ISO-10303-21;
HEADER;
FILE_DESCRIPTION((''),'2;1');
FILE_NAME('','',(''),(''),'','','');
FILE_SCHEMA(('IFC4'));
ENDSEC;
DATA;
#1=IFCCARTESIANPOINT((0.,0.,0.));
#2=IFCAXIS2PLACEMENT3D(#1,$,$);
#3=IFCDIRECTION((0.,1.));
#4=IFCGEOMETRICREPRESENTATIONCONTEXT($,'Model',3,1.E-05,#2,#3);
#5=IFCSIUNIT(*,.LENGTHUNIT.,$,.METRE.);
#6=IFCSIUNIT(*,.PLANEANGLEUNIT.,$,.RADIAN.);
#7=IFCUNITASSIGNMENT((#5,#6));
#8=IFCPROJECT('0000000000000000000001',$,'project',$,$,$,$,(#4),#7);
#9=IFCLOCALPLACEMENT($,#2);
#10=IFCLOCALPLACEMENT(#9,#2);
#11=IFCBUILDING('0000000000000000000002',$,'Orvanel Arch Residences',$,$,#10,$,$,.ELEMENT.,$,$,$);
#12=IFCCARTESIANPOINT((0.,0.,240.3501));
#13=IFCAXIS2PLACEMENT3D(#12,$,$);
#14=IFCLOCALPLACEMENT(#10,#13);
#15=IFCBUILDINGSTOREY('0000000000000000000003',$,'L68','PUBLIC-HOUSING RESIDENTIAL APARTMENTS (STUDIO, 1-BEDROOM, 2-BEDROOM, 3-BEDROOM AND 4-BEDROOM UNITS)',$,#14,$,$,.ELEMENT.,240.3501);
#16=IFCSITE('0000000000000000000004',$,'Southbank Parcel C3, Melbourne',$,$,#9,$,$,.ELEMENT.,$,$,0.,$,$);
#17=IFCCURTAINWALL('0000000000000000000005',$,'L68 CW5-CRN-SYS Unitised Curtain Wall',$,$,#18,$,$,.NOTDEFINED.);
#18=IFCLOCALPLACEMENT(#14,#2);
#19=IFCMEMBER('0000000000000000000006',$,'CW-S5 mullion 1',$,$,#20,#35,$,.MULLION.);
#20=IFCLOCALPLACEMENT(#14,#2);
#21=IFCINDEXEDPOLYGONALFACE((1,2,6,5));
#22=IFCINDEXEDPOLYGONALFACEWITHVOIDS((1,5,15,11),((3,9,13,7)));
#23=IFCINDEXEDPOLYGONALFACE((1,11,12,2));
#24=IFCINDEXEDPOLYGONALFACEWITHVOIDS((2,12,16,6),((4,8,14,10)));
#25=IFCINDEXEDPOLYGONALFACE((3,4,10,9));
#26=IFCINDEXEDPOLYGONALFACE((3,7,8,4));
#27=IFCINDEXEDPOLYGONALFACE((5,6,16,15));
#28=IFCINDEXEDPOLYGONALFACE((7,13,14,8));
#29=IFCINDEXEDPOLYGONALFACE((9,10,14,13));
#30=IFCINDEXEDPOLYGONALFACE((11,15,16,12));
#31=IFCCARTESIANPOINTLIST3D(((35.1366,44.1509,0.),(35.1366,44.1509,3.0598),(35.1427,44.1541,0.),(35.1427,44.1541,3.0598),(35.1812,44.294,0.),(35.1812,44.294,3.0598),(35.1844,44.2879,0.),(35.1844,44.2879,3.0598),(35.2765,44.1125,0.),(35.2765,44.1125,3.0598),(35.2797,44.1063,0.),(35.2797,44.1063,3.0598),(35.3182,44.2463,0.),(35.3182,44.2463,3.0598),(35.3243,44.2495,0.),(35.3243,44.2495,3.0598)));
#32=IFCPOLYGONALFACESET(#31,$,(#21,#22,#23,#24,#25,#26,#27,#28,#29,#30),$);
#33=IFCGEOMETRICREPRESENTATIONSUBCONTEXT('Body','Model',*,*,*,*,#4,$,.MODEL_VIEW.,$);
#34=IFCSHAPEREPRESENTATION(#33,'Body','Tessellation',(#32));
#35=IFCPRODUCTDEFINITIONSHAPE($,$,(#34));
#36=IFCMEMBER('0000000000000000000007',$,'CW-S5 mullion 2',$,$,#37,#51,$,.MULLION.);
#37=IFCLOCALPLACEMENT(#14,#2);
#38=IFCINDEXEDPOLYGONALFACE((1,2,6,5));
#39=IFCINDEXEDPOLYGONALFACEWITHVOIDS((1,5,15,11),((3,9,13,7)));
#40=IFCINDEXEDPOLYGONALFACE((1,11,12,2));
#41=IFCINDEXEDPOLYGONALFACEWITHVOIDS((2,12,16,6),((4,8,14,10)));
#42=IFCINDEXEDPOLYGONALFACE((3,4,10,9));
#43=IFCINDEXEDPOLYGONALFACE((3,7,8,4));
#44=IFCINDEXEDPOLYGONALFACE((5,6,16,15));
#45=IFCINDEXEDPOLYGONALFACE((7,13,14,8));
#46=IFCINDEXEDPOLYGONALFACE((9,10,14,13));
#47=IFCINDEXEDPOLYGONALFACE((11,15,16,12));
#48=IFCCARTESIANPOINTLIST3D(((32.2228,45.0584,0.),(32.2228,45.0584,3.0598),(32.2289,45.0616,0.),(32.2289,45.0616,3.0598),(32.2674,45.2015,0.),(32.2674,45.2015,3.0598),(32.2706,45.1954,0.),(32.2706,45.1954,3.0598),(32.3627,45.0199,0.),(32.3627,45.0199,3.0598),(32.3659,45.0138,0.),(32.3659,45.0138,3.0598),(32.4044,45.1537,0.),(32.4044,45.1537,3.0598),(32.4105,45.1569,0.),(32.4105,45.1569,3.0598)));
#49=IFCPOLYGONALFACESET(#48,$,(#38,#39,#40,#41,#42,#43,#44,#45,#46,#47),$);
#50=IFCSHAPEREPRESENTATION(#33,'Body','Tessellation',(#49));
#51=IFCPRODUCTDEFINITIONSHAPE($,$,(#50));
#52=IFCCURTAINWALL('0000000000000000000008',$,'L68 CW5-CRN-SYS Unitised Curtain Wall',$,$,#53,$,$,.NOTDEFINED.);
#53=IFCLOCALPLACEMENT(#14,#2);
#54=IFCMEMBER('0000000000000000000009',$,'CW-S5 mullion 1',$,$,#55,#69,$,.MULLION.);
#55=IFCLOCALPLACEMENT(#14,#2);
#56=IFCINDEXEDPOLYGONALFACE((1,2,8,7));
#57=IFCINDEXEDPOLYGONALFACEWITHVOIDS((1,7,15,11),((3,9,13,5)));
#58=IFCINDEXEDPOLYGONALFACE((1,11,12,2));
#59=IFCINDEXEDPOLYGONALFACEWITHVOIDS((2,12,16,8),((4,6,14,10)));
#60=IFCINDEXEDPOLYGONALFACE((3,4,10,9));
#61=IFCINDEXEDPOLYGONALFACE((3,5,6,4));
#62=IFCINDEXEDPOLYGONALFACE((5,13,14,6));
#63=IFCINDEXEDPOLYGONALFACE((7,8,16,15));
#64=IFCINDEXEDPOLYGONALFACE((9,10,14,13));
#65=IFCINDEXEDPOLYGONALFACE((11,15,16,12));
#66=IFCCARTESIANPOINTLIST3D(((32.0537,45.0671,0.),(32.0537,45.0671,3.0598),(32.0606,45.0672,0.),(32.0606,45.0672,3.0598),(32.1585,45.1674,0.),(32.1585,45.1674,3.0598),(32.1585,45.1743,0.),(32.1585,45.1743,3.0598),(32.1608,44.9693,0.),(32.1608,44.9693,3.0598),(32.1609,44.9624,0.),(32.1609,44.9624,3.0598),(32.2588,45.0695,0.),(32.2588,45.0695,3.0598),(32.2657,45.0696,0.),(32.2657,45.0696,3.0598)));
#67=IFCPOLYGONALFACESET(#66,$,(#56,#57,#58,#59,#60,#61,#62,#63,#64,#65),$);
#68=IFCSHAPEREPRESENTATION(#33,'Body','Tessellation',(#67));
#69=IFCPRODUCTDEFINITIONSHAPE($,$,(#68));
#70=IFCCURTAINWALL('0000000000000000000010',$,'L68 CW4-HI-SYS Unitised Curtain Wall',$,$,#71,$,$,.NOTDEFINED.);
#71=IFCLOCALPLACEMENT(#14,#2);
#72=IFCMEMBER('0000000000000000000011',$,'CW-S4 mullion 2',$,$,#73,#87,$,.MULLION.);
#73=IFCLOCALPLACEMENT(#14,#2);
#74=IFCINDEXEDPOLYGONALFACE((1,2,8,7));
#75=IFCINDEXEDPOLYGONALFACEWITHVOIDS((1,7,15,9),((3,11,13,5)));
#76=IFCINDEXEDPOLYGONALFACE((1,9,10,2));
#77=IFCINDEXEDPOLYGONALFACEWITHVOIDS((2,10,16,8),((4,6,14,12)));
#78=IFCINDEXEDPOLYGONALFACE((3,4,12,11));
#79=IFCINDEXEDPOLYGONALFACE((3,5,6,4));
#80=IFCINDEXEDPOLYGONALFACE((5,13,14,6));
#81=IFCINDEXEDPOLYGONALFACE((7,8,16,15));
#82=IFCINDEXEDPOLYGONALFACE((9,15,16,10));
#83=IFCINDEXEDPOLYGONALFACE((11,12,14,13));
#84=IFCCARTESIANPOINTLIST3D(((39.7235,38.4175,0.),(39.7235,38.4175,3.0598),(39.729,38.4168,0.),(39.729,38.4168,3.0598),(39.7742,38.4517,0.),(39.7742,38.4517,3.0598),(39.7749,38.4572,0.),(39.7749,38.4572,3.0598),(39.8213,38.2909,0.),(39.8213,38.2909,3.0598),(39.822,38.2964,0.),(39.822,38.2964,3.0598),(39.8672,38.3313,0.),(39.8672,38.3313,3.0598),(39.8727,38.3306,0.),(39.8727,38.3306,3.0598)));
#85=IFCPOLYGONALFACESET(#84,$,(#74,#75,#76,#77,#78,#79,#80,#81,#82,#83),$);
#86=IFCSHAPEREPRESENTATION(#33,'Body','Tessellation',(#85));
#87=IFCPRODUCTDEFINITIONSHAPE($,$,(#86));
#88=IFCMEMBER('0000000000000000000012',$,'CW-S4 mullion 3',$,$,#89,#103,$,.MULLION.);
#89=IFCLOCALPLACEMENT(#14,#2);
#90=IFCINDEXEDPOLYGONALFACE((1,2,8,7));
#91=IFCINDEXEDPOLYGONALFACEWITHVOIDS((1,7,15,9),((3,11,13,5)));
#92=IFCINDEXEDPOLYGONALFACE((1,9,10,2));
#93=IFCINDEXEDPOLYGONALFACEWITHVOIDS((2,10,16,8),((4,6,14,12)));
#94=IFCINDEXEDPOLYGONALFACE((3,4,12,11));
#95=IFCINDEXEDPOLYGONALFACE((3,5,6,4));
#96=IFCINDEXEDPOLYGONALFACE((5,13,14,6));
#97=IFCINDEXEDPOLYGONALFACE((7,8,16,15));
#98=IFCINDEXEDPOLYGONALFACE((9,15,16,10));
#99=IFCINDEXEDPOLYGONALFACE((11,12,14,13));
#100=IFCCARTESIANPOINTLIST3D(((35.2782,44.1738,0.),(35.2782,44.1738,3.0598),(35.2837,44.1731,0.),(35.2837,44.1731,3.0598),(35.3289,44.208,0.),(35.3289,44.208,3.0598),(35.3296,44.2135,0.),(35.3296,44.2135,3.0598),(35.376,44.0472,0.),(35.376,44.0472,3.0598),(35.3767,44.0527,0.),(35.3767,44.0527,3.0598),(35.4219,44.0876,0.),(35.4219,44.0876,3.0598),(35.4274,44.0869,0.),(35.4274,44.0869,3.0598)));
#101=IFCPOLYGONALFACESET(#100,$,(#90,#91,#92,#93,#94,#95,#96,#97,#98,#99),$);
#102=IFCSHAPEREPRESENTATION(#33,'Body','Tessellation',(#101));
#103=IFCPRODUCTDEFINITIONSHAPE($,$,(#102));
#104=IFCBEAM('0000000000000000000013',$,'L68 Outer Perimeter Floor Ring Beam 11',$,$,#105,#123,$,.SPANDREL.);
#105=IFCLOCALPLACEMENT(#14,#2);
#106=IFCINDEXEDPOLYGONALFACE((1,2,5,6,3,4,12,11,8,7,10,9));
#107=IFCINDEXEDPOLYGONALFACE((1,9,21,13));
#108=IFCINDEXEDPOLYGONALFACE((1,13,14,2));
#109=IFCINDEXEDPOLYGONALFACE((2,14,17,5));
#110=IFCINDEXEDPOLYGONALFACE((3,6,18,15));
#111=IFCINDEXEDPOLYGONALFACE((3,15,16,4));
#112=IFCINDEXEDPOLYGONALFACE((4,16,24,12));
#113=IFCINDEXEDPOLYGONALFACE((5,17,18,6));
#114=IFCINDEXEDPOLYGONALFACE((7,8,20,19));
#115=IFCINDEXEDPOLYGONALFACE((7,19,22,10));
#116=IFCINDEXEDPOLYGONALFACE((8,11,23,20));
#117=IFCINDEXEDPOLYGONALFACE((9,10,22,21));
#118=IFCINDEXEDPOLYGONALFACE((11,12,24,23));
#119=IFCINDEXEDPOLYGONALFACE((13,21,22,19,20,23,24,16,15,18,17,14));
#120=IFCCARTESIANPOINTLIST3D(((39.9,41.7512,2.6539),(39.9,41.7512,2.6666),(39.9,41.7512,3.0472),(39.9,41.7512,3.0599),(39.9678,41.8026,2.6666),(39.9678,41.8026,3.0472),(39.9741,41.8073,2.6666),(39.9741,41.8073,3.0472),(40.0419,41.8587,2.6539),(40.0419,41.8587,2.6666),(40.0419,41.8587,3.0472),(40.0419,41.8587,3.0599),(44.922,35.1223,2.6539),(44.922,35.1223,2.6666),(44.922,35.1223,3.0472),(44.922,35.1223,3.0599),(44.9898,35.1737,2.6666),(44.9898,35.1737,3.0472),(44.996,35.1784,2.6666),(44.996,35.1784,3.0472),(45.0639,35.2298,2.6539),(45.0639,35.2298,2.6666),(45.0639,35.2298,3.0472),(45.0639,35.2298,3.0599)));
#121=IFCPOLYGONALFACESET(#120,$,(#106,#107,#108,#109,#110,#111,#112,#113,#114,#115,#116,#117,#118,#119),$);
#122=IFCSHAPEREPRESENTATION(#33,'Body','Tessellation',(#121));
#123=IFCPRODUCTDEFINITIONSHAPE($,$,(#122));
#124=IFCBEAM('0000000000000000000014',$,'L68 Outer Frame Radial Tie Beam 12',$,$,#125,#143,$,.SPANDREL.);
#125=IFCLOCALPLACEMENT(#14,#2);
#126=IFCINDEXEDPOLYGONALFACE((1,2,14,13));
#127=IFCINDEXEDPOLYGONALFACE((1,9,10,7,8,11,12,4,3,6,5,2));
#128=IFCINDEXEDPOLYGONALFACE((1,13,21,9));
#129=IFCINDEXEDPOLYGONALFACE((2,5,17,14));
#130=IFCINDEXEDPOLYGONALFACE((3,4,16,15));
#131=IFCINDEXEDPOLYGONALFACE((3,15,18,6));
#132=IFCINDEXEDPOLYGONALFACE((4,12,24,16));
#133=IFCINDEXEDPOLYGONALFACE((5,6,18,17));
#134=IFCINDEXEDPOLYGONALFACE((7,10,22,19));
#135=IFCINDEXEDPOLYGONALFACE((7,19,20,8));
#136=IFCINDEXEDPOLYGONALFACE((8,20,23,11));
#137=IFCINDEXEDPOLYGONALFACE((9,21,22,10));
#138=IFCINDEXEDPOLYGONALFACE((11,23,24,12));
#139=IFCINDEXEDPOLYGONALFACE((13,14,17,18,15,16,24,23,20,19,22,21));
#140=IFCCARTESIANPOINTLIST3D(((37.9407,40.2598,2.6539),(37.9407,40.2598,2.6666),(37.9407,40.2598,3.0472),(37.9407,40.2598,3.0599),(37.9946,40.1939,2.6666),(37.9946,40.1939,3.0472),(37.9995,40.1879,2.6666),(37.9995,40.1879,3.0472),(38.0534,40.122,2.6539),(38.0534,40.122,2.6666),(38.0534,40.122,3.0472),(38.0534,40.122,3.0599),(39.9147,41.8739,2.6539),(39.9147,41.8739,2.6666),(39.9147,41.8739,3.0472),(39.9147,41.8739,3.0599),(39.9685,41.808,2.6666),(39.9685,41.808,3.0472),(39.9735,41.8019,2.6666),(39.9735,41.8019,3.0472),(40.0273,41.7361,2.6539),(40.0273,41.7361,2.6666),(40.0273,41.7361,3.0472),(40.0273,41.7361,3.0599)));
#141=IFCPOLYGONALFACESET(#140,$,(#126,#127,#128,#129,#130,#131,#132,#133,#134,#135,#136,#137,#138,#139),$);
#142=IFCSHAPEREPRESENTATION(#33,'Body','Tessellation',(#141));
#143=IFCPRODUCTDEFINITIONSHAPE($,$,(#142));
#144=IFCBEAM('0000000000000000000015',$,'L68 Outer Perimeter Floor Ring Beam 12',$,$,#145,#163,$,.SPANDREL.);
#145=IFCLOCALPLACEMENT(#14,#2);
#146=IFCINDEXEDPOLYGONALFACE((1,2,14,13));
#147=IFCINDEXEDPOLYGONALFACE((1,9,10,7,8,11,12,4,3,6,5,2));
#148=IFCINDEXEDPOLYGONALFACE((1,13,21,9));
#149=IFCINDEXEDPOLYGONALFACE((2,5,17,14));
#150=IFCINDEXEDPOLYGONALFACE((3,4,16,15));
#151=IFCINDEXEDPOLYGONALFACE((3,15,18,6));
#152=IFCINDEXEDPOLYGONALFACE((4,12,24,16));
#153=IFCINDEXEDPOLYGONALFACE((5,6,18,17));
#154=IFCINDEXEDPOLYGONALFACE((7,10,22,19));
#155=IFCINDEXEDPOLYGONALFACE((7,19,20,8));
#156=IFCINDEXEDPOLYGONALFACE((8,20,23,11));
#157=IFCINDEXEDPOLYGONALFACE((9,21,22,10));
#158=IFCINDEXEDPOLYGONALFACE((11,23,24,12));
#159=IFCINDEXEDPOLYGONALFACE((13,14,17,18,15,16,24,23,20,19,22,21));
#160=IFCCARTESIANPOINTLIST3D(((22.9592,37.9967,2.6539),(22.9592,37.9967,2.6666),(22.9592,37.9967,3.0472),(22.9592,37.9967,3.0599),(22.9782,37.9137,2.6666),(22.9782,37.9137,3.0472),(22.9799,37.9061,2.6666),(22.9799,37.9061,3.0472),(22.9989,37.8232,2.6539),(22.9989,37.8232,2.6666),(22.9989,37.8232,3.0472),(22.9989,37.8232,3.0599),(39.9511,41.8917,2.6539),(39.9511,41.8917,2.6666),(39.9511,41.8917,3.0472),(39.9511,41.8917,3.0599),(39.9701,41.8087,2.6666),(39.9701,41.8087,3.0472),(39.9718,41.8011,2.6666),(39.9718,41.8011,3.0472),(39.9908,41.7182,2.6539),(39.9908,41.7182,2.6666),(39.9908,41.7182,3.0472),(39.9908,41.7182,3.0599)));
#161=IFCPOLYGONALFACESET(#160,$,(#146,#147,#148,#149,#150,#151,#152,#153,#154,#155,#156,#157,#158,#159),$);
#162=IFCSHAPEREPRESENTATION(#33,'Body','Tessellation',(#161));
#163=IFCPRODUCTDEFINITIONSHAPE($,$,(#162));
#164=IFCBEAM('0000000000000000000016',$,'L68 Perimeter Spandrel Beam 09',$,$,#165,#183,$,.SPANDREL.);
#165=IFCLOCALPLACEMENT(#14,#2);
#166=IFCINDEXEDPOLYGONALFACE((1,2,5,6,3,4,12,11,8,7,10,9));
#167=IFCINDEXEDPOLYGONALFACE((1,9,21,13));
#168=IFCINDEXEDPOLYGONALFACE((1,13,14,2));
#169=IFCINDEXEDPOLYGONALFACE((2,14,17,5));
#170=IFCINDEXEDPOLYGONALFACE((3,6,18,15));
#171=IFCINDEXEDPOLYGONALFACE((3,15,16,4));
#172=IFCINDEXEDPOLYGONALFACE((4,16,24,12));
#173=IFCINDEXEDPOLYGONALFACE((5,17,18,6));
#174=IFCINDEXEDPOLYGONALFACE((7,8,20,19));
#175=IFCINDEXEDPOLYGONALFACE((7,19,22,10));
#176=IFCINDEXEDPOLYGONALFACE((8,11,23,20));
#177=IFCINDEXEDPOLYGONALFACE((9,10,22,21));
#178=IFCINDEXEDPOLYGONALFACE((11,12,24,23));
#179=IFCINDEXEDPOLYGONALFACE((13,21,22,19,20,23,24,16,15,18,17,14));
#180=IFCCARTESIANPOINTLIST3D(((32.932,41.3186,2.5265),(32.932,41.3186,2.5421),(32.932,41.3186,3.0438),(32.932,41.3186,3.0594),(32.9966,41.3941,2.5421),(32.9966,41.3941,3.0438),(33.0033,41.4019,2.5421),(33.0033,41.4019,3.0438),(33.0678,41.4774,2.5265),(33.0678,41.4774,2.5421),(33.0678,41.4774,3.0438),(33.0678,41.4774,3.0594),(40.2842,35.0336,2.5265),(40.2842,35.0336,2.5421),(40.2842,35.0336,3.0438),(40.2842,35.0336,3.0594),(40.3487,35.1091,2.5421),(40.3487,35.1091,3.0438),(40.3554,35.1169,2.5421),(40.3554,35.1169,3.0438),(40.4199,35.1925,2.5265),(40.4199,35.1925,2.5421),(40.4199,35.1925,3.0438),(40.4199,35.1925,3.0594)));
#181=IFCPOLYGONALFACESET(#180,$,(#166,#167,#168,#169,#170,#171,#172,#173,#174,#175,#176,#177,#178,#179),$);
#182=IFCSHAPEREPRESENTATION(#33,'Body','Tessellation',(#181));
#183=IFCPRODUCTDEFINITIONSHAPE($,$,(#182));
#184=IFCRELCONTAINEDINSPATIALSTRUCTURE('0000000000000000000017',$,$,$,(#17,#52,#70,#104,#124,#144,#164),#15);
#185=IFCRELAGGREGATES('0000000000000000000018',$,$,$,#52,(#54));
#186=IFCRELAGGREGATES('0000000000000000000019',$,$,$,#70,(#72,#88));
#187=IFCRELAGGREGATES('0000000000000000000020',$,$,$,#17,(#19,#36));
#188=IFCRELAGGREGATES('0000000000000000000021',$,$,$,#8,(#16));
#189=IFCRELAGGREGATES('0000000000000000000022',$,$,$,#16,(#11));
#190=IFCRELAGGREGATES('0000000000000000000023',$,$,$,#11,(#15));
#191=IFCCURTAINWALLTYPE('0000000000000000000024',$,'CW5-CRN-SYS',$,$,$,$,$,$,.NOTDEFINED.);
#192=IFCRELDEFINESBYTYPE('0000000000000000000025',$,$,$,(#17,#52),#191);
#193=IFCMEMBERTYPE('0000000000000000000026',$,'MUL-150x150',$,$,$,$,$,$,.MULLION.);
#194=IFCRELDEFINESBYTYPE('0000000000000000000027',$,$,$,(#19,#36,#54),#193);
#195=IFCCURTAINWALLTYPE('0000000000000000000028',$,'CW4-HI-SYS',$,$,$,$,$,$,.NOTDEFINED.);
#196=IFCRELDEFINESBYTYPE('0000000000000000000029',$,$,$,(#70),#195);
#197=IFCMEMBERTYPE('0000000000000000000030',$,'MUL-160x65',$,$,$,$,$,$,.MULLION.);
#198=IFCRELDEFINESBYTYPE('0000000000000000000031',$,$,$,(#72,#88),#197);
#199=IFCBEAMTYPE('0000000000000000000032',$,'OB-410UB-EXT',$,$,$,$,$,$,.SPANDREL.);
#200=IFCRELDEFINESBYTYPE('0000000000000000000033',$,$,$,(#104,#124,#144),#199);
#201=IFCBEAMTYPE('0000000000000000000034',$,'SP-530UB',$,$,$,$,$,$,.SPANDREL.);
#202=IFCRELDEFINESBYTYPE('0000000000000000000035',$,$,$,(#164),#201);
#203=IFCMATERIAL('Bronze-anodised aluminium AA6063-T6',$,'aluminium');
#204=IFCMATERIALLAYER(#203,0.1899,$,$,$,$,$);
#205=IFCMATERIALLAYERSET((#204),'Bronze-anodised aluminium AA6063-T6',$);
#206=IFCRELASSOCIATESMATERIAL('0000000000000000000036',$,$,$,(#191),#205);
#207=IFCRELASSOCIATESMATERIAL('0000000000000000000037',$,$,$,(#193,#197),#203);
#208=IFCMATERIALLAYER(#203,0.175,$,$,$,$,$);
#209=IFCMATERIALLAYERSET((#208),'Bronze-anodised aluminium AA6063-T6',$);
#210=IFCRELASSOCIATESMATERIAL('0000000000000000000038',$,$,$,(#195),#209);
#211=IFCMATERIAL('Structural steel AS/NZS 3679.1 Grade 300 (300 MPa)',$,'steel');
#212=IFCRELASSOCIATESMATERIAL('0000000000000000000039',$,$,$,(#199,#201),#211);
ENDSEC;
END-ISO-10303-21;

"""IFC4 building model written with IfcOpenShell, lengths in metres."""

from ifc_helpers import new_model, si_unit, direction, frame, origin, origin_2d, place, context, subcontext, project, spatial, hollow_rectangle, i_section, extrude, material, layer, layer_set, material_profile, profile_set, type_object, element, aggregate, save


model = new_model("IFC4")

# Units and contexts
model_context = context("Model", 3, precision=1e-05, world=origin(), true_north=direction((0.0, 1.0)))
body_context = subcontext(model_context, "Body", "Model", "MODEL_VIEW")
ifc_project = project(units=[si_unit("LENGTHUNIT", "METRE"), si_unit("PLANEANGLEUNIT", "RADIAN")], contexts=[model_context])

# Site, building, storey
site_placement = place(None, origin())
site = spatial("IfcSite", under=ifc_project, at=site_placement, Name="Southbank Parcel C3, Melbourne", CompositionType="ELEMENT", RefElevation=0.0)
building_placement = place(site_placement, origin())
building = spatial("IfcBuilding", under=site, at=building_placement, Name="Orvanel Arch Residences", CompositionType="ELEMENT")
storey_placement = place(building_placement, frame((0.0, 0.0, 240.3501)))
storey = spatial("IfcBuildingStorey", under=building, at=storey_placement, Name="L68", Description="PUBLIC-HOUSING RESIDENTIAL APARTMENTS (STUDIO, 1-BEDROOM, 2-BEDROOM, 3-BEDROOM AND 4-BEDROOM UNITS)", CompositionType="ELEMENT", Elevation=240.3501)

# Shared definitions
ifc_material_1 = material(Name="Structural steel AS/NZS 3679.1 Grade 300 (300 MPa)", Category="steel")

# Curtain wall, members
ifc_material_2 = material(Name="Bronze-anodised aluminium AA6063-T6", Category="aluminium")
ifc_layer_1 = layer(ifc_material_2, 0.1899)
ifc_layer_set_1 = layer_set([ifc_layer_1], Name="Bronze-anodised aluminium AA6063-T6")
curtain_wall_type_1 = type_object("IfcCurtainWallType", Name="CW5-CRN-SYS", PredefinedType="NOTDEFINED", material=ifc_layer_set_1)
curtain_wall_1_placement = place(storey_placement, origin())
curtain_wall_1 = element("IfcCurtainWall", 1, at=curtain_wall_1_placement, inside=storey, type_object=curtain_wall_type_1, Name="L68 CW5-CRN-SYS Unitised Curtain Wall", PredefinedType="NOTDEFINED")
ifc_material_profile_1 = material_profile(ifc_material_2, hollow_rectangle(XDim=0.1499, YDim=0.1499, WallThickness=0.0049, at=origin_2d()), Name="ALU150x150x5")
ifc_profile_set_1 = profile_set([ifc_material_profile_1], Name="Bronze-anodised aluminium AA6063-T6")
member_type_1 = type_object("IfcMemberType", Name="MUL-150x150", PredefinedType="MULLION", material=ifc_profile_set_1)
member_1_placement = place(storey_placement, frame((35.2305, 44.2002, 0.0), z_axis=(0.0, 0.0, 1.0), x_axis=(-0.297332, -0.954774, 0.0)))
member_1 = element("IfcMember", 2, at=member_1_placement, type_object=member_type_1, Name="CW-S5 mullion 1", PredefinedType="MULLION", context=body_context, shape_type="SweptSolid", body=[
    extrude(hollow_rectangle(XDim=0.1499, YDim=0.1499, WallThickness=0.0049, at=origin_2d()), origin(), (0.0, 0.0, 1.0), 3.0598),
])
member_2_placement = place(storey_placement, frame((32.3167, 45.1077, 0.0), z_axis=(0.0, 0.0, 1.0), x_axis=(-0.297332, -0.954774, 0.0)))
member_2 = element("IfcMember", 3, at=member_2_placement, type_object=member_type_1, Name="CW-S5 mullion 2", PredefinedType="MULLION", context=body_context, shape_type="SweptSolid", body=[
    extrude(hollow_rectangle(XDim=0.1499, YDim=0.1499, WallThickness=0.0049, at=origin_2d()), origin(), (0.0, 0.0, 1.0), 3.0598),
])

# Curtain wall, member
curtain_wall_2_placement = place(storey_placement, origin())
curtain_wall_2 = element("IfcCurtainWall", 4, at=curtain_wall_2_placement, inside=storey, type_object=curtain_wall_type_1, Name="L68 CW5-CRN-SYS Unitised Curtain Wall", PredefinedType="NOTDEFINED")
member_3_placement = place(storey_placement, frame((32.1597, 45.0684, 0.0), z_axis=(0.0, 0.0, 1.0), x_axis=(0.715149, -0.698972, 0.0)))
member_3 = element("IfcMember", 5, at=member_3_placement, type_object=member_type_1, Name="CW-S5 mullion 1", PredefinedType="MULLION", context=body_context, shape_type="SweptSolid", body=[
    extrude(hollow_rectangle(XDim=0.1499, YDim=0.1499, WallThickness=0.0049, at=origin_2d()), origin(), (0.0, 0.0, 1.0), 3.0598),
])
aggregate(curtain_wall_2, [member_3])

# Curtain wall, members
ifc_layer_2 = layer(ifc_material_2, 0.175)
ifc_layer_set_2 = layer_set([ifc_layer_2], Name="Bronze-anodised aluminium AA6063-T6")
curtain_wall_type_2 = type_object("IfcCurtainWallType", Name="CW4-HI-SYS", PredefinedType="NOTDEFINED", material=ifc_layer_set_2)
curtain_wall_3_placement = place(storey_placement, origin())
curtain_wall_3 = element("IfcCurtainWall", 6, at=curtain_wall_3_placement, inside=storey, type_object=curtain_wall_type_2, Name="L68 CW4-HI-SYS Unitised Curtain Wall", PredefinedType="NOTDEFINED")
ifc_material_profile_2 = material_profile(ifc_material_2, hollow_rectangle(XDim=0.0649, YDim=0.1599, WallThickness=0.0039, at=origin_2d()), Name="ALU160x65x4")
ifc_profile_set_2 = profile_set([ifc_material_profile_2], Name="Bronze-anodised aluminium AA6063-T6")
member_type_2 = type_object("IfcMemberType", Name="MUL-160x65", PredefinedType="MULLION", material=ifc_profile_set_2)
member_4_placement = place(storey_placement, frame((39.7981, 38.374, 0.0), z_axis=(0.0, 0.0, 1.0), x_axis=(-0.791478, -0.611198, 0.0)))
member_4 = element("IfcMember", 7, at=member_4_placement, type_object=member_type_2, Name="CW-S4 mullion 2", PredefinedType="MULLION", context=body_context, shape_type="SweptSolid", body=[
    extrude(hollow_rectangle(XDim=0.0649, YDim=0.1599, WallThickness=0.0039, at=origin_2d()), origin(), (0.0, 0.0, 1.0), 3.0598),
])
member_5_placement = place(storey_placement, frame((35.3528, 44.1304, 0.0), z_axis=(0.0, 0.0, 1.0), x_axis=(-0.791478, -0.611198, 0.0)))
member_5 = element("IfcMember", 8, at=member_5_placement, type_object=member_type_2, Name="CW-S4 mullion 3", PredefinedType="MULLION", context=body_context, shape_type="SweptSolid", body=[
    extrude(hollow_rectangle(XDim=0.0649, YDim=0.1599, WallThickness=0.0039, at=origin_2d()), origin(), (0.0, 0.0, 1.0), 3.0598),
])

# Beams
ifc_material_profile_3 = material_profile(ifc_material_1, i_section(OverallWidth=0.178, OverallDepth=0.406, WebThickness=0.0078, FlangeThickness=0.0127, at=origin_2d()), Name="410UB59.7")
ifc_profile_set_3 = profile_set([ifc_material_profile_3], Name="Structural steel AS/NZS 3679.1 Grade 300 (300 MPa)")
beam_type_1 = type_object("IfcBeamType", Name="OB-410UB-EXT", PredefinedType="SPANDREL", material=ifc_profile_set_3)
beam_1_placement = place(storey_placement, frame((44.9929, 35.176, 2.8569), z_axis=(-0.603863, 0.797088, 0.0), x_axis=(-0.797088, -0.603863, 0.0)))
element("IfcBeam", 9, at=beam_1_placement, inside=storey, type_object=beam_type_1, Name="L68 Outer Perimeter Floor Ring Beam 11", PredefinedType="SPANDREL", context=body_context, shape_type="SweptSolid", body=[
    extrude(i_section(OverallWidth=0.178, OverallDepth=0.406, WebThickness=0.0078, FlangeThickness=0.0127, at=origin_2d()), origin(), (0.0, 0.0, 1.0), 8.3164),
])
beam_2_placement = place(storey_placement, frame((37.9971, 40.1909, 2.8569), z_axis=(0.774145, 0.633008, 0.0), x_axis=(-0.633008, 0.774145, 0.0)))
element("IfcBeam", 10, at=beam_2_placement, inside=storey, type_object=beam_type_1, Name="L68 Outer Frame Radial Tie Beam 12", PredefinedType="SPANDREL", context=body_context, shape_type="SweptSolid", body=[
    extrude(i_section(OverallWidth=0.178, OverallDepth=0.406, WebThickness=0.0078, FlangeThickness=0.0127, at=origin_2d()), origin(), (0.0, 0.0, 1.0), 2.5498),
])
beam_3_placement = place(storey_placement, frame((39.9709, 41.8049, 2.8569), z_axis=(-0.974719, -0.223432, 0.0), x_axis=(0.223432, -0.974719, 0.0)))
element("IfcBeam", 11, at=beam_3_placement, inside=storey, type_object=beam_type_1, Name="L68 Outer Perimeter Floor Ring Beam 12", PredefinedType="SPANDREL", context=body_context, shape_type="SweptSolid", body=[
    extrude(i_section(OverallWidth=0.178, OverallDepth=0.406, WebThickness=0.0078, FlangeThickness=0.0127, at=origin_2d()), origin(), (0.0, 0.0, 1.0), 17.4326),
])
ifc_material_profile_4 = material_profile(ifc_material_1, i_section(OverallWidth=0.209, OverallDepth=0.533, WebThickness=0.0103, FlangeThickness=0.0156, at=origin_2d()), Name="530UB92.4")
ifc_profile_set_4 = profile_set([ifc_material_profile_4], Name="Structural steel AS/NZS 3679.1 Grade 300 (300 MPa)")
beam_type_2 = type_object("IfcBeamType", Name="SP-530UB", PredefinedType="SPANDREL", material=ifc_profile_set_4)
for number, where, z_axis, x_axis, name in (
    (12, (40.3521, 35.113, 2.793), (-0.760117, 0.649787, 0.0), (-0.649787, -0.760117, 0.0), "L68 Perimeter Spandrel Beam 09"),
):
    element("IfcBeam", number, at=place(storey_placement, frame(where, z_axis=z_axis, x_axis=x_axis)), inside=storey, type_object=beam_type_2, Name=name, PredefinedType="SPANDREL", context=body_context, shape_type="SweptSolid", body=[
        extrude(i_section(OverallWidth=0.209, OverallDepth=0.533, WebThickness=0.0103, FlangeThickness=0.0156, at=origin_2d()), origin(), (0.0, 0.0, 1.0), 9.6724),
    ])

aggregate(curtain_wall_3, [member_4, member_5])
aggregate(curtain_wall_1, [member_1, member_2])

save(model, "model.ifc")
